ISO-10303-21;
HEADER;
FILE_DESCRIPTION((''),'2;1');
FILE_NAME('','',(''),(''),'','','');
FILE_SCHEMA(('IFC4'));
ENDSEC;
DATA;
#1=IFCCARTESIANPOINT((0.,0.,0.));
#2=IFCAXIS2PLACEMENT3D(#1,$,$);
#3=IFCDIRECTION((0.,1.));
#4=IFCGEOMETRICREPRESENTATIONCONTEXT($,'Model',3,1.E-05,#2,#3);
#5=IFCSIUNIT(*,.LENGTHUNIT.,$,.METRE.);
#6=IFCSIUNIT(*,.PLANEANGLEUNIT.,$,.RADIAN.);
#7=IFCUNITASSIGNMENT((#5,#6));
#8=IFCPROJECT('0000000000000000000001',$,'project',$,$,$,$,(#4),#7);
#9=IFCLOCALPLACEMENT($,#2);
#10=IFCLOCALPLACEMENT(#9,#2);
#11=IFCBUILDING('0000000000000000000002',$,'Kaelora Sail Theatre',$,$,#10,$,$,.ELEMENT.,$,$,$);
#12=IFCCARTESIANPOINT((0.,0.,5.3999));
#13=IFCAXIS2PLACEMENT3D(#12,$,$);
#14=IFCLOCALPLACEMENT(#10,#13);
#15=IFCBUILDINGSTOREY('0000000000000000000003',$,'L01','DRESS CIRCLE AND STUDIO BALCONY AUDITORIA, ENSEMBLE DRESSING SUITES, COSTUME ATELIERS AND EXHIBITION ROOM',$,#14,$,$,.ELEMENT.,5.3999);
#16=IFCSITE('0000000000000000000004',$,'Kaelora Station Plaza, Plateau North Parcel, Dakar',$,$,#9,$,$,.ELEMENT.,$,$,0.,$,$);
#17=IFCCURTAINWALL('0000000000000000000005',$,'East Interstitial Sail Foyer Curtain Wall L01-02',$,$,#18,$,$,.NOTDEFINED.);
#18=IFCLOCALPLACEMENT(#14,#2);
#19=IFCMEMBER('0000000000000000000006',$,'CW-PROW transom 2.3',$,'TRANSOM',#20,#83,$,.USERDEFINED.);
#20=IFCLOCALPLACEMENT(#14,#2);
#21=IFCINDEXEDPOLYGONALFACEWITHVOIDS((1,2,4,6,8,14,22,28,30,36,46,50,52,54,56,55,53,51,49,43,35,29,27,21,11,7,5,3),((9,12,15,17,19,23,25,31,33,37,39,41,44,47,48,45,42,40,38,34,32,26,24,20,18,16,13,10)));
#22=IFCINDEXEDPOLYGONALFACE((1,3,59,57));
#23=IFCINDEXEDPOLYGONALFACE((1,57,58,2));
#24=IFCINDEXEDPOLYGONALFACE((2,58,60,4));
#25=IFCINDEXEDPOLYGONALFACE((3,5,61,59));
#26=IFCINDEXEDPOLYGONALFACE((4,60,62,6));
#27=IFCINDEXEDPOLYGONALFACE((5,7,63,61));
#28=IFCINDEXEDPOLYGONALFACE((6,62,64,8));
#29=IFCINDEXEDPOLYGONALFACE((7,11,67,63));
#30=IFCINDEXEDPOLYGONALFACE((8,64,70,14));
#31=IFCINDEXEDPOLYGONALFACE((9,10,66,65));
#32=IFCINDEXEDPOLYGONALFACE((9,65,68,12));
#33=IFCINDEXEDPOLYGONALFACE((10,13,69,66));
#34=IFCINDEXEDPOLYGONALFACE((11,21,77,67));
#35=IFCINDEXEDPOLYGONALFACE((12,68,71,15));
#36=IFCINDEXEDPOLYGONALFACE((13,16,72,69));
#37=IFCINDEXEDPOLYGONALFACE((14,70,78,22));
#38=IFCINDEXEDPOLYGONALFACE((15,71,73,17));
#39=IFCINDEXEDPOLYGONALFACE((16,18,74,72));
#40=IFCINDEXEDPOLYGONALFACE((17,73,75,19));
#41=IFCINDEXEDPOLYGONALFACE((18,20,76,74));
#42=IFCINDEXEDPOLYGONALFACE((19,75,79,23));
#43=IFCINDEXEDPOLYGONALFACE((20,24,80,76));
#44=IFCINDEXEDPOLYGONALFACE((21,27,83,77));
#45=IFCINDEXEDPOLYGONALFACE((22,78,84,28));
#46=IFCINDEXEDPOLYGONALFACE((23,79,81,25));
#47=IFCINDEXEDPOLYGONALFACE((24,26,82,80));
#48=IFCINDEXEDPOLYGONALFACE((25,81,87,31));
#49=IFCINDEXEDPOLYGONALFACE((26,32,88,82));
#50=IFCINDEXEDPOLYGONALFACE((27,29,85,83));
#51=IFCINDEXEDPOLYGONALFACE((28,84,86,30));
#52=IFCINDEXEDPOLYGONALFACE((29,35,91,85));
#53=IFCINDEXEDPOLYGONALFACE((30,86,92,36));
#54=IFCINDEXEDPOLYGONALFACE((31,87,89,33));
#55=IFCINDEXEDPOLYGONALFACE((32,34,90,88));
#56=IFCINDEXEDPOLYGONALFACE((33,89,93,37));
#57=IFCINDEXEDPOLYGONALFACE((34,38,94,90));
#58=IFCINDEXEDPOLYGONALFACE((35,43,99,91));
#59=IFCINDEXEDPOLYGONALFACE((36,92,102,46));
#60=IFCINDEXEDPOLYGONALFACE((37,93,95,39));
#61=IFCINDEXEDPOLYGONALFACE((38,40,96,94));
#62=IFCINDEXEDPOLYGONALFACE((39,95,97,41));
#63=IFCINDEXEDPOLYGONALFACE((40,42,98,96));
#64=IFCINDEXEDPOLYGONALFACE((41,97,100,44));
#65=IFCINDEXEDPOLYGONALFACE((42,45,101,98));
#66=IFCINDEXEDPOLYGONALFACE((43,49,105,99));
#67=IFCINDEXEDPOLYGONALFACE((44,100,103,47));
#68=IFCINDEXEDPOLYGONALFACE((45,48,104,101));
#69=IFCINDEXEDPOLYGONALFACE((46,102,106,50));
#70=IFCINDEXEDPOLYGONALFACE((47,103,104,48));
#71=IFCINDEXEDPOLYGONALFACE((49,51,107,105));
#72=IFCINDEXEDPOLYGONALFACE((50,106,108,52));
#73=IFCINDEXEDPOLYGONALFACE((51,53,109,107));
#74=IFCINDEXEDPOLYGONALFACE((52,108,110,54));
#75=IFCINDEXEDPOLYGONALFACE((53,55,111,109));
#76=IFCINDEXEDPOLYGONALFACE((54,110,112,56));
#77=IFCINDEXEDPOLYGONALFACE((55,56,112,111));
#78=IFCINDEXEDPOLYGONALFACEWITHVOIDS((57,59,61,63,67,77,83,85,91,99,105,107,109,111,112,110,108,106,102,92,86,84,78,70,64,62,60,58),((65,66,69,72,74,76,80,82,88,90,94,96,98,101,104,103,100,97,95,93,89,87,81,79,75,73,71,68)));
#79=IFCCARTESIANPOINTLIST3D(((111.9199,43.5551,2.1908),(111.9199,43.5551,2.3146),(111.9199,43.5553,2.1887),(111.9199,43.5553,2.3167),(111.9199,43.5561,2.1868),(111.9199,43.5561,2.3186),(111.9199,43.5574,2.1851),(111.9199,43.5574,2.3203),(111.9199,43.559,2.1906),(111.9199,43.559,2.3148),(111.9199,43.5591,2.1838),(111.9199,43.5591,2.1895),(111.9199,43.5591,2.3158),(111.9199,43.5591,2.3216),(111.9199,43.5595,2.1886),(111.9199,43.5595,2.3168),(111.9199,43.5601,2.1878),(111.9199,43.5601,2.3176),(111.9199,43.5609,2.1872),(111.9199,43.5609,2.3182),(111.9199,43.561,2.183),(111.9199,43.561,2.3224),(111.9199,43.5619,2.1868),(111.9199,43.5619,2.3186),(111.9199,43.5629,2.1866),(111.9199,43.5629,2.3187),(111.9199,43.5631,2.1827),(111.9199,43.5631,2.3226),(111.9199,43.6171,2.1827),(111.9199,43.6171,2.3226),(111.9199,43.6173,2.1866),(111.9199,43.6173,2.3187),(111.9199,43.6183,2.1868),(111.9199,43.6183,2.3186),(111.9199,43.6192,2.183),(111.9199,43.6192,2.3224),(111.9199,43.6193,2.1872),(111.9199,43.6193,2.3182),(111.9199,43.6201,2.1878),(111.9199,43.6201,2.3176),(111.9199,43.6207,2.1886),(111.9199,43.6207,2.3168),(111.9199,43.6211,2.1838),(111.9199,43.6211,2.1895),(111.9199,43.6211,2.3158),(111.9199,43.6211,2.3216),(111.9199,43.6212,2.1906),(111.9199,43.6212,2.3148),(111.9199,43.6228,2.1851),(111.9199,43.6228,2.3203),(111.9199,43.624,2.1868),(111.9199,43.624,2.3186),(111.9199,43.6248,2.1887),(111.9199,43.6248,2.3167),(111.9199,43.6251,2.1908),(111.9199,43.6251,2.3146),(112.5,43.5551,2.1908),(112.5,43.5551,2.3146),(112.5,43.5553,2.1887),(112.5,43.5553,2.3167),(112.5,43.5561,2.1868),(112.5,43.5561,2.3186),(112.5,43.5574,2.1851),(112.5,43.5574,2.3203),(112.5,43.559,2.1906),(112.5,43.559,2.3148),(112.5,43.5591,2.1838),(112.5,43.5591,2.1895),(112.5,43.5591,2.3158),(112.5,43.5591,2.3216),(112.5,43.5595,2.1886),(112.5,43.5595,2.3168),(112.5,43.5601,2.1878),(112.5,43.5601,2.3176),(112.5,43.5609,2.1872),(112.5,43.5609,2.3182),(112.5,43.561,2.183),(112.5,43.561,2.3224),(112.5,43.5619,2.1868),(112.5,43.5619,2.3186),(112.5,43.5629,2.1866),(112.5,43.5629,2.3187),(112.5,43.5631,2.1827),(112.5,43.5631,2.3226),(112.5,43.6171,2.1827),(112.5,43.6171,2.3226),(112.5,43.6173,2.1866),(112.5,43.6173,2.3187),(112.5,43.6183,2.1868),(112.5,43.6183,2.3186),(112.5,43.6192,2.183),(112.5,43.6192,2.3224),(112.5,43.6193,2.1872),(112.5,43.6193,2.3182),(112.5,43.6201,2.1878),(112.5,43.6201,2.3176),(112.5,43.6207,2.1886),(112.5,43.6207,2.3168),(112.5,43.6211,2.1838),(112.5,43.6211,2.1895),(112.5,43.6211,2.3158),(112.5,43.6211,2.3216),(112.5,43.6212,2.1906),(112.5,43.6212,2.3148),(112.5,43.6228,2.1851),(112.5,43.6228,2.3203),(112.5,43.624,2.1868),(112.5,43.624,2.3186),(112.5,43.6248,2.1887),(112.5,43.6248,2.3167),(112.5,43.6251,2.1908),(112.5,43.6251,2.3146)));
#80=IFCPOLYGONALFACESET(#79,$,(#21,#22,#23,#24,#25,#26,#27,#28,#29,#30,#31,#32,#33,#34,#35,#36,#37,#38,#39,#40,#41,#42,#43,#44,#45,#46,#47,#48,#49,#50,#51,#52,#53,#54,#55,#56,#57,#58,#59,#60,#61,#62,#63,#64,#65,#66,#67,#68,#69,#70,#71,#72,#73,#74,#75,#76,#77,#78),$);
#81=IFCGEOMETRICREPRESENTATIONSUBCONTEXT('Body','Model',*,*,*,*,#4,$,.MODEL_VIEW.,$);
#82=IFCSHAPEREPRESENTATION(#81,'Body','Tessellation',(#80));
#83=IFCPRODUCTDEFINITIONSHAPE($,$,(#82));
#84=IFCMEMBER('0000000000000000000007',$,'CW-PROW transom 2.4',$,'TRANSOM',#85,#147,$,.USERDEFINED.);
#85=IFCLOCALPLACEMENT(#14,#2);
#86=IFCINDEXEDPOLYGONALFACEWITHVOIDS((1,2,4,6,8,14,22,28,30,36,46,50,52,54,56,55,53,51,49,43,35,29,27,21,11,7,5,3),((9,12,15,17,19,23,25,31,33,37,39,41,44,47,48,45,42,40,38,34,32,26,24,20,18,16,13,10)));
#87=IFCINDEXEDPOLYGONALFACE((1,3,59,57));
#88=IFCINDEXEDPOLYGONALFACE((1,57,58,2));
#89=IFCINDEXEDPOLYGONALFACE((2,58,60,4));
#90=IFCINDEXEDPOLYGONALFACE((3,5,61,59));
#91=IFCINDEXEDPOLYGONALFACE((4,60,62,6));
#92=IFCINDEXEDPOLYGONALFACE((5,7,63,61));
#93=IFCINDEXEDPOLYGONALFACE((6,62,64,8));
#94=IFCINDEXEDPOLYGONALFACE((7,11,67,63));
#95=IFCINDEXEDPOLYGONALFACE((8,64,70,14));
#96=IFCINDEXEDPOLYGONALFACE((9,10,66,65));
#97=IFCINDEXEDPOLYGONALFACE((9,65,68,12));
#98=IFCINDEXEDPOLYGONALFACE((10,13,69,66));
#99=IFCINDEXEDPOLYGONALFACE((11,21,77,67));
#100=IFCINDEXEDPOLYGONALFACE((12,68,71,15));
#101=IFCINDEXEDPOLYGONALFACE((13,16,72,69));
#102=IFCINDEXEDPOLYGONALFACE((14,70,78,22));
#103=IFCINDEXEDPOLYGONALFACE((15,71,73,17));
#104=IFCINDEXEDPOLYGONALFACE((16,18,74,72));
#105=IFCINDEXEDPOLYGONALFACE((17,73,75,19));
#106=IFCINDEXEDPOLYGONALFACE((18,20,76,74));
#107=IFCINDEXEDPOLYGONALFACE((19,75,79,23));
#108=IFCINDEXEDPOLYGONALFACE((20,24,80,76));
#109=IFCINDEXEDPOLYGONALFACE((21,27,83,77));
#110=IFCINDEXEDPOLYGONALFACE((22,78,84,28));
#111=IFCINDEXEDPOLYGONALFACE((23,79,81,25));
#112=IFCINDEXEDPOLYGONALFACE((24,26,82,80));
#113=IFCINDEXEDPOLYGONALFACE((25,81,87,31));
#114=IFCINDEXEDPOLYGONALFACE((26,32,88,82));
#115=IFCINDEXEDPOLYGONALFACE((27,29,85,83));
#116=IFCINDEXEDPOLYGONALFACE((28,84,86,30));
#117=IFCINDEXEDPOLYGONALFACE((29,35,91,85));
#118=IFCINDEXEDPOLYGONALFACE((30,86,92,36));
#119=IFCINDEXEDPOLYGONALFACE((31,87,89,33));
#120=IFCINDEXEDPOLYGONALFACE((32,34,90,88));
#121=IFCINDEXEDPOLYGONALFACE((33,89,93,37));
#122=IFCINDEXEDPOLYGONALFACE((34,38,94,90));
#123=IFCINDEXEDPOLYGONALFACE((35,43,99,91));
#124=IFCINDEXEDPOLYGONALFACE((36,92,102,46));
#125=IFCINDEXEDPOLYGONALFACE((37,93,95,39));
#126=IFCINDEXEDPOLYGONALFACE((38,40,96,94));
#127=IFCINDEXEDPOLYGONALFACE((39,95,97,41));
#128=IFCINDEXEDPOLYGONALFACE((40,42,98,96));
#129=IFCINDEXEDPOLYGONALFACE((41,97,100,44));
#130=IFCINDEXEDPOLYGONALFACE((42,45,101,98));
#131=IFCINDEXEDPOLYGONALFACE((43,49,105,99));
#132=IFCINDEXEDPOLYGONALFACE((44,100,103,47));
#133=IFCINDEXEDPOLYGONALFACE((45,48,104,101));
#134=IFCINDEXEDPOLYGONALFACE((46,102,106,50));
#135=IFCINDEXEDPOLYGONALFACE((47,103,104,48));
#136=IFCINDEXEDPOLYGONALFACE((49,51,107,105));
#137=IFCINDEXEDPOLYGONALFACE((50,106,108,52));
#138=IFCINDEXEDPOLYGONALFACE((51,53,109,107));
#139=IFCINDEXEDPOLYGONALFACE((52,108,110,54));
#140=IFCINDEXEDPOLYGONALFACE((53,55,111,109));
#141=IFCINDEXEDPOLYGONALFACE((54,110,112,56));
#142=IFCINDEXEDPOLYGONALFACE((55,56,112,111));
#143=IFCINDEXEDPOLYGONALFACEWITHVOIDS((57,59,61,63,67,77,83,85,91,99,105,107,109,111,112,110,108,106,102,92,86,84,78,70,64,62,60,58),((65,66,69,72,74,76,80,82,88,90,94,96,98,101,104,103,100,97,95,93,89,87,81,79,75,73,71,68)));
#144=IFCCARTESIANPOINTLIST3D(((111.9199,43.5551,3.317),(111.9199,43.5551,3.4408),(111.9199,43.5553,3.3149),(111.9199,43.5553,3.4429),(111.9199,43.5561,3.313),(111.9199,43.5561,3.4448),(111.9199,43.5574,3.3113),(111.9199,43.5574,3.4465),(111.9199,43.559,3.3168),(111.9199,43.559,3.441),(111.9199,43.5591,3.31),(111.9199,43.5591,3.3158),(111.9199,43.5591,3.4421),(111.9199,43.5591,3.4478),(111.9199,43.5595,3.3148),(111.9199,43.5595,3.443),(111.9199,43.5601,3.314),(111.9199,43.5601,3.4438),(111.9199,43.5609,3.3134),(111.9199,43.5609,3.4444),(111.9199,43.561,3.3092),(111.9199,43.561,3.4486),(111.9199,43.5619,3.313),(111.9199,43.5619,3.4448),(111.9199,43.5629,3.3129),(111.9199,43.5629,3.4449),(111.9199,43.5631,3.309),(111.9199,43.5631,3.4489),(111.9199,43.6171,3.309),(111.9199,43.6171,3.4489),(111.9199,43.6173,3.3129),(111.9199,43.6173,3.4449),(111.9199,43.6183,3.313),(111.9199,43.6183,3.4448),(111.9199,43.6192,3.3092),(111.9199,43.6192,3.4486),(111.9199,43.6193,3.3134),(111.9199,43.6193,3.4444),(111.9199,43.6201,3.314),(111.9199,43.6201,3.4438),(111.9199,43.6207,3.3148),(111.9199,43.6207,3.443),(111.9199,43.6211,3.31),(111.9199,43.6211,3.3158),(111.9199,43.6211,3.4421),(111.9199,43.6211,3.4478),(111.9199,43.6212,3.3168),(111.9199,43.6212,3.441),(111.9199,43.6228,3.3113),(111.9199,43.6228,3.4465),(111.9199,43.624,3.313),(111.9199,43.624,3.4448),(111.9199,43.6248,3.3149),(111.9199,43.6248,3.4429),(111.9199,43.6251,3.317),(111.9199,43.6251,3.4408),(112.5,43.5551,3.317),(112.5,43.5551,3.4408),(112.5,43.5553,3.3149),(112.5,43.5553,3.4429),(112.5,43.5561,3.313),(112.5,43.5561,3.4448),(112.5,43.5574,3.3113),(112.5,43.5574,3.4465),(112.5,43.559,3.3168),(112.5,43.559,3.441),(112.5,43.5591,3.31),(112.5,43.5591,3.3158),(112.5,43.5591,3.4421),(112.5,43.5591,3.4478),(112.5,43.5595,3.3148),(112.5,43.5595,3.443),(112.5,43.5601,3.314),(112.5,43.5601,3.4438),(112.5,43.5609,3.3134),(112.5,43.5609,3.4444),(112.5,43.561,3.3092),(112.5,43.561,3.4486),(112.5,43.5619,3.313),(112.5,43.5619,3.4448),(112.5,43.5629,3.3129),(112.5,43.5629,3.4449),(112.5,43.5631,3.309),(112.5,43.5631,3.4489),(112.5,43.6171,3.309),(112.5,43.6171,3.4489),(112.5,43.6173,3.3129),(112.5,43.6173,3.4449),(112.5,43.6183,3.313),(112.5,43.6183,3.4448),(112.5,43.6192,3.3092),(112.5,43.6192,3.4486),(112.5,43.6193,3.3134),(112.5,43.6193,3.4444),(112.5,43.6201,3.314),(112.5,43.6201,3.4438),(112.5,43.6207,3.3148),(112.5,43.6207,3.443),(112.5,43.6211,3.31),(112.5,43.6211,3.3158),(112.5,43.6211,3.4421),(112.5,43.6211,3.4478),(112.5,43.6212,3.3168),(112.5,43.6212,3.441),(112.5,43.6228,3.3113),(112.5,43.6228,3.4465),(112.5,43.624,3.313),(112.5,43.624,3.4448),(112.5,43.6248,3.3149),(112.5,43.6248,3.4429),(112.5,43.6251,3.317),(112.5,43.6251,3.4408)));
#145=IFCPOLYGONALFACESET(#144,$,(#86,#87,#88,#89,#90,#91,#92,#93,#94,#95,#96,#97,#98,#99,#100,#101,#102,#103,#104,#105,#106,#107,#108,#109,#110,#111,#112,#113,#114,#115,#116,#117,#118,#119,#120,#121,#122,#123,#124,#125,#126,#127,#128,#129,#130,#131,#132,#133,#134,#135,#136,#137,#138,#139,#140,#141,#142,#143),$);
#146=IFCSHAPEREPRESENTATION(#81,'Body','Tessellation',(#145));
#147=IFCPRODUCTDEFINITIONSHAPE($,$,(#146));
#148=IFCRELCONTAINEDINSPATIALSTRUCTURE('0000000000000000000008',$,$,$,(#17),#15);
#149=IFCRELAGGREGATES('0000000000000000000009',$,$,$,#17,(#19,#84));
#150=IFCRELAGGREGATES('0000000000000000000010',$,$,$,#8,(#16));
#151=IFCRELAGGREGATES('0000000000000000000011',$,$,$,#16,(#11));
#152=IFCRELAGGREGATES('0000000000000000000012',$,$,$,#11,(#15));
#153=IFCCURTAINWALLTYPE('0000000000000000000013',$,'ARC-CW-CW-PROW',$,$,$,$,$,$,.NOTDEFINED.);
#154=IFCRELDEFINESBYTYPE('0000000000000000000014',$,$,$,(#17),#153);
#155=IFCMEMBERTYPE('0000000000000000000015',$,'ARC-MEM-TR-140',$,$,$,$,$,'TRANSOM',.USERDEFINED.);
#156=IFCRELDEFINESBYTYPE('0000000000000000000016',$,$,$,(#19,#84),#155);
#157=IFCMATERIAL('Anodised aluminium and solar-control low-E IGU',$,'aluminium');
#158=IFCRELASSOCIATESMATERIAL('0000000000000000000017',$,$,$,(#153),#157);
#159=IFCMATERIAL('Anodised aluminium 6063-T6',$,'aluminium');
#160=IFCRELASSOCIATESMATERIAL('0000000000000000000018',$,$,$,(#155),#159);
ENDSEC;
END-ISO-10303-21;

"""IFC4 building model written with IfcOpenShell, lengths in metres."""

from ifc_helpers import new_model, si_unit, direction, frame, origin, origin_2d, place, context, subcontext, project, spatial, hollow_rectangle, extrude, material, material_profile, profile_set, type_object, element, aggregate, save


model = new_model("IFC4")

# Units and contexts
model_context = context("Model", 3, precision=1e-05, world=origin(), true_north=direction((0.0, 1.0)))
body_context = subcontext(model_context, "Body", "Model", "MODEL_VIEW")
ifc_project = project(units=[si_unit("LENGTHUNIT", "METRE"), si_unit("PLANEANGLEUNIT", "RADIAN")], contexts=[model_context])

# Site, building, storey
site_placement = place(None, origin())
site = spatial("IfcSite", under=ifc_project, at=site_placement, Name="Kaelora Station Plaza, Plateau North Parcel, Dakar", CompositionType="ELEMENT", RefElevation=0.0)
building_placement = place(site_placement, origin())
building = spatial("IfcBuilding", under=site, at=building_placement, Name="Kaelora Sail Theatre", CompositionType="ELEMENT")
storey_placement = place(building_placement, frame((0.0, 0.0, 5.3999)))
storey = spatial("IfcBuildingStorey", under=building, at=storey_placement, Name="L01", Description="DRESS CIRCLE AND STUDIO BALCONY AUDITORIA, ENSEMBLE DRESSING SUITES, COSTUME ATELIERS AND EXHIBITION ROOM", CompositionType="ELEMENT", Elevation=5.3999)

# Shared definitions
ifc_material_1 = material(Name="Anodised aluminium and solar-control low-E IGU", Category="aluminium")
curtain_wall_type = type_object("IfcCurtainWallType", Name="ARC-CW-CW-PROW", PredefinedType="NOTDEFINED", material=ifc_material_1)

# Curtain wall, members
curtain_wall_1_placement = place(storey_placement, origin())
curtain_wall_1 = element("IfcCurtainWall", 1, at=curtain_wall_1_placement, inside=storey, type_object=curtain_wall_type, Name="East Interstitial Sail Foyer Curtain Wall L01-02", PredefinedType="NOTDEFINED")
ifc_material_2 = material(Name="Anodised aluminium 6063-T6", Category="aluminium")
ifc_material_profile_1 = material_profile(ifc_material_2, hollow_rectangle(XDim=0.0701, YDim=0.1399, WallThickness=0.0039, InnerFilletRadius=0.0039, OuterFilletRadius=0.0081, at=origin_2d()), Name="ALU-TRAN 70x140x4")
ifc_profile_set_1 = profile_set([ifc_material_profile_1], Name="Anodised aluminium 6063-T6")
member_type_1 = type_object("IfcMemberType", Name="ARC-MEM-TR-140", ElementType="TRANSOM", PredefinedType="USERDEFINED", material=ifc_profile_set_1)
member_1_placement = place(storey_placement, frame((111.9199, 43.5901, 2.2527), z_axis=(1.0, 0.0, 0.0), x_axis=(0.0, 1.0, 0.0)))
member_1 = element("IfcMember", 2, at=member_1_placement, type_object=member_type_1, Name="CW-PROW transom 2.3", ObjectType="TRANSOM", PredefinedType="USERDEFINED", context=body_context, shape_type="SweptSolid", body=[
    extrude(hollow_rectangle(XDim=0.0701, YDim=0.1399, WallThickness=0.0039, InnerFilletRadius=0.0039, OuterFilletRadius=0.0081, at=origin_2d()), origin(), (0.0, 0.0, 1.0), 0.5801),
])
member_2_placement = place(storey_placement, frame((111.9199, 43.5901, 3.3789), z_axis=(1.0, 0.0, 0.0), x_axis=(0.0, 1.0, 0.0)))
member_2 = element("IfcMember", 3, at=member_2_placement, type_object=member_type_1, Name="CW-PROW transom 2.4", ObjectType="TRANSOM", PredefinedType="USERDEFINED", context=body_context, shape_type="SweptSolid", body=[
    extrude(hollow_rectangle(XDim=0.0701, YDim=0.1399, WallThickness=0.0039, InnerFilletRadius=0.0039, OuterFilletRadius=0.0081, at=origin_2d()), origin(), (0.0, 0.0, 1.0), 0.5801),
])

aggregate(curtain_wall_1, [member_1, member_2])

save(model, "model.ifc")
